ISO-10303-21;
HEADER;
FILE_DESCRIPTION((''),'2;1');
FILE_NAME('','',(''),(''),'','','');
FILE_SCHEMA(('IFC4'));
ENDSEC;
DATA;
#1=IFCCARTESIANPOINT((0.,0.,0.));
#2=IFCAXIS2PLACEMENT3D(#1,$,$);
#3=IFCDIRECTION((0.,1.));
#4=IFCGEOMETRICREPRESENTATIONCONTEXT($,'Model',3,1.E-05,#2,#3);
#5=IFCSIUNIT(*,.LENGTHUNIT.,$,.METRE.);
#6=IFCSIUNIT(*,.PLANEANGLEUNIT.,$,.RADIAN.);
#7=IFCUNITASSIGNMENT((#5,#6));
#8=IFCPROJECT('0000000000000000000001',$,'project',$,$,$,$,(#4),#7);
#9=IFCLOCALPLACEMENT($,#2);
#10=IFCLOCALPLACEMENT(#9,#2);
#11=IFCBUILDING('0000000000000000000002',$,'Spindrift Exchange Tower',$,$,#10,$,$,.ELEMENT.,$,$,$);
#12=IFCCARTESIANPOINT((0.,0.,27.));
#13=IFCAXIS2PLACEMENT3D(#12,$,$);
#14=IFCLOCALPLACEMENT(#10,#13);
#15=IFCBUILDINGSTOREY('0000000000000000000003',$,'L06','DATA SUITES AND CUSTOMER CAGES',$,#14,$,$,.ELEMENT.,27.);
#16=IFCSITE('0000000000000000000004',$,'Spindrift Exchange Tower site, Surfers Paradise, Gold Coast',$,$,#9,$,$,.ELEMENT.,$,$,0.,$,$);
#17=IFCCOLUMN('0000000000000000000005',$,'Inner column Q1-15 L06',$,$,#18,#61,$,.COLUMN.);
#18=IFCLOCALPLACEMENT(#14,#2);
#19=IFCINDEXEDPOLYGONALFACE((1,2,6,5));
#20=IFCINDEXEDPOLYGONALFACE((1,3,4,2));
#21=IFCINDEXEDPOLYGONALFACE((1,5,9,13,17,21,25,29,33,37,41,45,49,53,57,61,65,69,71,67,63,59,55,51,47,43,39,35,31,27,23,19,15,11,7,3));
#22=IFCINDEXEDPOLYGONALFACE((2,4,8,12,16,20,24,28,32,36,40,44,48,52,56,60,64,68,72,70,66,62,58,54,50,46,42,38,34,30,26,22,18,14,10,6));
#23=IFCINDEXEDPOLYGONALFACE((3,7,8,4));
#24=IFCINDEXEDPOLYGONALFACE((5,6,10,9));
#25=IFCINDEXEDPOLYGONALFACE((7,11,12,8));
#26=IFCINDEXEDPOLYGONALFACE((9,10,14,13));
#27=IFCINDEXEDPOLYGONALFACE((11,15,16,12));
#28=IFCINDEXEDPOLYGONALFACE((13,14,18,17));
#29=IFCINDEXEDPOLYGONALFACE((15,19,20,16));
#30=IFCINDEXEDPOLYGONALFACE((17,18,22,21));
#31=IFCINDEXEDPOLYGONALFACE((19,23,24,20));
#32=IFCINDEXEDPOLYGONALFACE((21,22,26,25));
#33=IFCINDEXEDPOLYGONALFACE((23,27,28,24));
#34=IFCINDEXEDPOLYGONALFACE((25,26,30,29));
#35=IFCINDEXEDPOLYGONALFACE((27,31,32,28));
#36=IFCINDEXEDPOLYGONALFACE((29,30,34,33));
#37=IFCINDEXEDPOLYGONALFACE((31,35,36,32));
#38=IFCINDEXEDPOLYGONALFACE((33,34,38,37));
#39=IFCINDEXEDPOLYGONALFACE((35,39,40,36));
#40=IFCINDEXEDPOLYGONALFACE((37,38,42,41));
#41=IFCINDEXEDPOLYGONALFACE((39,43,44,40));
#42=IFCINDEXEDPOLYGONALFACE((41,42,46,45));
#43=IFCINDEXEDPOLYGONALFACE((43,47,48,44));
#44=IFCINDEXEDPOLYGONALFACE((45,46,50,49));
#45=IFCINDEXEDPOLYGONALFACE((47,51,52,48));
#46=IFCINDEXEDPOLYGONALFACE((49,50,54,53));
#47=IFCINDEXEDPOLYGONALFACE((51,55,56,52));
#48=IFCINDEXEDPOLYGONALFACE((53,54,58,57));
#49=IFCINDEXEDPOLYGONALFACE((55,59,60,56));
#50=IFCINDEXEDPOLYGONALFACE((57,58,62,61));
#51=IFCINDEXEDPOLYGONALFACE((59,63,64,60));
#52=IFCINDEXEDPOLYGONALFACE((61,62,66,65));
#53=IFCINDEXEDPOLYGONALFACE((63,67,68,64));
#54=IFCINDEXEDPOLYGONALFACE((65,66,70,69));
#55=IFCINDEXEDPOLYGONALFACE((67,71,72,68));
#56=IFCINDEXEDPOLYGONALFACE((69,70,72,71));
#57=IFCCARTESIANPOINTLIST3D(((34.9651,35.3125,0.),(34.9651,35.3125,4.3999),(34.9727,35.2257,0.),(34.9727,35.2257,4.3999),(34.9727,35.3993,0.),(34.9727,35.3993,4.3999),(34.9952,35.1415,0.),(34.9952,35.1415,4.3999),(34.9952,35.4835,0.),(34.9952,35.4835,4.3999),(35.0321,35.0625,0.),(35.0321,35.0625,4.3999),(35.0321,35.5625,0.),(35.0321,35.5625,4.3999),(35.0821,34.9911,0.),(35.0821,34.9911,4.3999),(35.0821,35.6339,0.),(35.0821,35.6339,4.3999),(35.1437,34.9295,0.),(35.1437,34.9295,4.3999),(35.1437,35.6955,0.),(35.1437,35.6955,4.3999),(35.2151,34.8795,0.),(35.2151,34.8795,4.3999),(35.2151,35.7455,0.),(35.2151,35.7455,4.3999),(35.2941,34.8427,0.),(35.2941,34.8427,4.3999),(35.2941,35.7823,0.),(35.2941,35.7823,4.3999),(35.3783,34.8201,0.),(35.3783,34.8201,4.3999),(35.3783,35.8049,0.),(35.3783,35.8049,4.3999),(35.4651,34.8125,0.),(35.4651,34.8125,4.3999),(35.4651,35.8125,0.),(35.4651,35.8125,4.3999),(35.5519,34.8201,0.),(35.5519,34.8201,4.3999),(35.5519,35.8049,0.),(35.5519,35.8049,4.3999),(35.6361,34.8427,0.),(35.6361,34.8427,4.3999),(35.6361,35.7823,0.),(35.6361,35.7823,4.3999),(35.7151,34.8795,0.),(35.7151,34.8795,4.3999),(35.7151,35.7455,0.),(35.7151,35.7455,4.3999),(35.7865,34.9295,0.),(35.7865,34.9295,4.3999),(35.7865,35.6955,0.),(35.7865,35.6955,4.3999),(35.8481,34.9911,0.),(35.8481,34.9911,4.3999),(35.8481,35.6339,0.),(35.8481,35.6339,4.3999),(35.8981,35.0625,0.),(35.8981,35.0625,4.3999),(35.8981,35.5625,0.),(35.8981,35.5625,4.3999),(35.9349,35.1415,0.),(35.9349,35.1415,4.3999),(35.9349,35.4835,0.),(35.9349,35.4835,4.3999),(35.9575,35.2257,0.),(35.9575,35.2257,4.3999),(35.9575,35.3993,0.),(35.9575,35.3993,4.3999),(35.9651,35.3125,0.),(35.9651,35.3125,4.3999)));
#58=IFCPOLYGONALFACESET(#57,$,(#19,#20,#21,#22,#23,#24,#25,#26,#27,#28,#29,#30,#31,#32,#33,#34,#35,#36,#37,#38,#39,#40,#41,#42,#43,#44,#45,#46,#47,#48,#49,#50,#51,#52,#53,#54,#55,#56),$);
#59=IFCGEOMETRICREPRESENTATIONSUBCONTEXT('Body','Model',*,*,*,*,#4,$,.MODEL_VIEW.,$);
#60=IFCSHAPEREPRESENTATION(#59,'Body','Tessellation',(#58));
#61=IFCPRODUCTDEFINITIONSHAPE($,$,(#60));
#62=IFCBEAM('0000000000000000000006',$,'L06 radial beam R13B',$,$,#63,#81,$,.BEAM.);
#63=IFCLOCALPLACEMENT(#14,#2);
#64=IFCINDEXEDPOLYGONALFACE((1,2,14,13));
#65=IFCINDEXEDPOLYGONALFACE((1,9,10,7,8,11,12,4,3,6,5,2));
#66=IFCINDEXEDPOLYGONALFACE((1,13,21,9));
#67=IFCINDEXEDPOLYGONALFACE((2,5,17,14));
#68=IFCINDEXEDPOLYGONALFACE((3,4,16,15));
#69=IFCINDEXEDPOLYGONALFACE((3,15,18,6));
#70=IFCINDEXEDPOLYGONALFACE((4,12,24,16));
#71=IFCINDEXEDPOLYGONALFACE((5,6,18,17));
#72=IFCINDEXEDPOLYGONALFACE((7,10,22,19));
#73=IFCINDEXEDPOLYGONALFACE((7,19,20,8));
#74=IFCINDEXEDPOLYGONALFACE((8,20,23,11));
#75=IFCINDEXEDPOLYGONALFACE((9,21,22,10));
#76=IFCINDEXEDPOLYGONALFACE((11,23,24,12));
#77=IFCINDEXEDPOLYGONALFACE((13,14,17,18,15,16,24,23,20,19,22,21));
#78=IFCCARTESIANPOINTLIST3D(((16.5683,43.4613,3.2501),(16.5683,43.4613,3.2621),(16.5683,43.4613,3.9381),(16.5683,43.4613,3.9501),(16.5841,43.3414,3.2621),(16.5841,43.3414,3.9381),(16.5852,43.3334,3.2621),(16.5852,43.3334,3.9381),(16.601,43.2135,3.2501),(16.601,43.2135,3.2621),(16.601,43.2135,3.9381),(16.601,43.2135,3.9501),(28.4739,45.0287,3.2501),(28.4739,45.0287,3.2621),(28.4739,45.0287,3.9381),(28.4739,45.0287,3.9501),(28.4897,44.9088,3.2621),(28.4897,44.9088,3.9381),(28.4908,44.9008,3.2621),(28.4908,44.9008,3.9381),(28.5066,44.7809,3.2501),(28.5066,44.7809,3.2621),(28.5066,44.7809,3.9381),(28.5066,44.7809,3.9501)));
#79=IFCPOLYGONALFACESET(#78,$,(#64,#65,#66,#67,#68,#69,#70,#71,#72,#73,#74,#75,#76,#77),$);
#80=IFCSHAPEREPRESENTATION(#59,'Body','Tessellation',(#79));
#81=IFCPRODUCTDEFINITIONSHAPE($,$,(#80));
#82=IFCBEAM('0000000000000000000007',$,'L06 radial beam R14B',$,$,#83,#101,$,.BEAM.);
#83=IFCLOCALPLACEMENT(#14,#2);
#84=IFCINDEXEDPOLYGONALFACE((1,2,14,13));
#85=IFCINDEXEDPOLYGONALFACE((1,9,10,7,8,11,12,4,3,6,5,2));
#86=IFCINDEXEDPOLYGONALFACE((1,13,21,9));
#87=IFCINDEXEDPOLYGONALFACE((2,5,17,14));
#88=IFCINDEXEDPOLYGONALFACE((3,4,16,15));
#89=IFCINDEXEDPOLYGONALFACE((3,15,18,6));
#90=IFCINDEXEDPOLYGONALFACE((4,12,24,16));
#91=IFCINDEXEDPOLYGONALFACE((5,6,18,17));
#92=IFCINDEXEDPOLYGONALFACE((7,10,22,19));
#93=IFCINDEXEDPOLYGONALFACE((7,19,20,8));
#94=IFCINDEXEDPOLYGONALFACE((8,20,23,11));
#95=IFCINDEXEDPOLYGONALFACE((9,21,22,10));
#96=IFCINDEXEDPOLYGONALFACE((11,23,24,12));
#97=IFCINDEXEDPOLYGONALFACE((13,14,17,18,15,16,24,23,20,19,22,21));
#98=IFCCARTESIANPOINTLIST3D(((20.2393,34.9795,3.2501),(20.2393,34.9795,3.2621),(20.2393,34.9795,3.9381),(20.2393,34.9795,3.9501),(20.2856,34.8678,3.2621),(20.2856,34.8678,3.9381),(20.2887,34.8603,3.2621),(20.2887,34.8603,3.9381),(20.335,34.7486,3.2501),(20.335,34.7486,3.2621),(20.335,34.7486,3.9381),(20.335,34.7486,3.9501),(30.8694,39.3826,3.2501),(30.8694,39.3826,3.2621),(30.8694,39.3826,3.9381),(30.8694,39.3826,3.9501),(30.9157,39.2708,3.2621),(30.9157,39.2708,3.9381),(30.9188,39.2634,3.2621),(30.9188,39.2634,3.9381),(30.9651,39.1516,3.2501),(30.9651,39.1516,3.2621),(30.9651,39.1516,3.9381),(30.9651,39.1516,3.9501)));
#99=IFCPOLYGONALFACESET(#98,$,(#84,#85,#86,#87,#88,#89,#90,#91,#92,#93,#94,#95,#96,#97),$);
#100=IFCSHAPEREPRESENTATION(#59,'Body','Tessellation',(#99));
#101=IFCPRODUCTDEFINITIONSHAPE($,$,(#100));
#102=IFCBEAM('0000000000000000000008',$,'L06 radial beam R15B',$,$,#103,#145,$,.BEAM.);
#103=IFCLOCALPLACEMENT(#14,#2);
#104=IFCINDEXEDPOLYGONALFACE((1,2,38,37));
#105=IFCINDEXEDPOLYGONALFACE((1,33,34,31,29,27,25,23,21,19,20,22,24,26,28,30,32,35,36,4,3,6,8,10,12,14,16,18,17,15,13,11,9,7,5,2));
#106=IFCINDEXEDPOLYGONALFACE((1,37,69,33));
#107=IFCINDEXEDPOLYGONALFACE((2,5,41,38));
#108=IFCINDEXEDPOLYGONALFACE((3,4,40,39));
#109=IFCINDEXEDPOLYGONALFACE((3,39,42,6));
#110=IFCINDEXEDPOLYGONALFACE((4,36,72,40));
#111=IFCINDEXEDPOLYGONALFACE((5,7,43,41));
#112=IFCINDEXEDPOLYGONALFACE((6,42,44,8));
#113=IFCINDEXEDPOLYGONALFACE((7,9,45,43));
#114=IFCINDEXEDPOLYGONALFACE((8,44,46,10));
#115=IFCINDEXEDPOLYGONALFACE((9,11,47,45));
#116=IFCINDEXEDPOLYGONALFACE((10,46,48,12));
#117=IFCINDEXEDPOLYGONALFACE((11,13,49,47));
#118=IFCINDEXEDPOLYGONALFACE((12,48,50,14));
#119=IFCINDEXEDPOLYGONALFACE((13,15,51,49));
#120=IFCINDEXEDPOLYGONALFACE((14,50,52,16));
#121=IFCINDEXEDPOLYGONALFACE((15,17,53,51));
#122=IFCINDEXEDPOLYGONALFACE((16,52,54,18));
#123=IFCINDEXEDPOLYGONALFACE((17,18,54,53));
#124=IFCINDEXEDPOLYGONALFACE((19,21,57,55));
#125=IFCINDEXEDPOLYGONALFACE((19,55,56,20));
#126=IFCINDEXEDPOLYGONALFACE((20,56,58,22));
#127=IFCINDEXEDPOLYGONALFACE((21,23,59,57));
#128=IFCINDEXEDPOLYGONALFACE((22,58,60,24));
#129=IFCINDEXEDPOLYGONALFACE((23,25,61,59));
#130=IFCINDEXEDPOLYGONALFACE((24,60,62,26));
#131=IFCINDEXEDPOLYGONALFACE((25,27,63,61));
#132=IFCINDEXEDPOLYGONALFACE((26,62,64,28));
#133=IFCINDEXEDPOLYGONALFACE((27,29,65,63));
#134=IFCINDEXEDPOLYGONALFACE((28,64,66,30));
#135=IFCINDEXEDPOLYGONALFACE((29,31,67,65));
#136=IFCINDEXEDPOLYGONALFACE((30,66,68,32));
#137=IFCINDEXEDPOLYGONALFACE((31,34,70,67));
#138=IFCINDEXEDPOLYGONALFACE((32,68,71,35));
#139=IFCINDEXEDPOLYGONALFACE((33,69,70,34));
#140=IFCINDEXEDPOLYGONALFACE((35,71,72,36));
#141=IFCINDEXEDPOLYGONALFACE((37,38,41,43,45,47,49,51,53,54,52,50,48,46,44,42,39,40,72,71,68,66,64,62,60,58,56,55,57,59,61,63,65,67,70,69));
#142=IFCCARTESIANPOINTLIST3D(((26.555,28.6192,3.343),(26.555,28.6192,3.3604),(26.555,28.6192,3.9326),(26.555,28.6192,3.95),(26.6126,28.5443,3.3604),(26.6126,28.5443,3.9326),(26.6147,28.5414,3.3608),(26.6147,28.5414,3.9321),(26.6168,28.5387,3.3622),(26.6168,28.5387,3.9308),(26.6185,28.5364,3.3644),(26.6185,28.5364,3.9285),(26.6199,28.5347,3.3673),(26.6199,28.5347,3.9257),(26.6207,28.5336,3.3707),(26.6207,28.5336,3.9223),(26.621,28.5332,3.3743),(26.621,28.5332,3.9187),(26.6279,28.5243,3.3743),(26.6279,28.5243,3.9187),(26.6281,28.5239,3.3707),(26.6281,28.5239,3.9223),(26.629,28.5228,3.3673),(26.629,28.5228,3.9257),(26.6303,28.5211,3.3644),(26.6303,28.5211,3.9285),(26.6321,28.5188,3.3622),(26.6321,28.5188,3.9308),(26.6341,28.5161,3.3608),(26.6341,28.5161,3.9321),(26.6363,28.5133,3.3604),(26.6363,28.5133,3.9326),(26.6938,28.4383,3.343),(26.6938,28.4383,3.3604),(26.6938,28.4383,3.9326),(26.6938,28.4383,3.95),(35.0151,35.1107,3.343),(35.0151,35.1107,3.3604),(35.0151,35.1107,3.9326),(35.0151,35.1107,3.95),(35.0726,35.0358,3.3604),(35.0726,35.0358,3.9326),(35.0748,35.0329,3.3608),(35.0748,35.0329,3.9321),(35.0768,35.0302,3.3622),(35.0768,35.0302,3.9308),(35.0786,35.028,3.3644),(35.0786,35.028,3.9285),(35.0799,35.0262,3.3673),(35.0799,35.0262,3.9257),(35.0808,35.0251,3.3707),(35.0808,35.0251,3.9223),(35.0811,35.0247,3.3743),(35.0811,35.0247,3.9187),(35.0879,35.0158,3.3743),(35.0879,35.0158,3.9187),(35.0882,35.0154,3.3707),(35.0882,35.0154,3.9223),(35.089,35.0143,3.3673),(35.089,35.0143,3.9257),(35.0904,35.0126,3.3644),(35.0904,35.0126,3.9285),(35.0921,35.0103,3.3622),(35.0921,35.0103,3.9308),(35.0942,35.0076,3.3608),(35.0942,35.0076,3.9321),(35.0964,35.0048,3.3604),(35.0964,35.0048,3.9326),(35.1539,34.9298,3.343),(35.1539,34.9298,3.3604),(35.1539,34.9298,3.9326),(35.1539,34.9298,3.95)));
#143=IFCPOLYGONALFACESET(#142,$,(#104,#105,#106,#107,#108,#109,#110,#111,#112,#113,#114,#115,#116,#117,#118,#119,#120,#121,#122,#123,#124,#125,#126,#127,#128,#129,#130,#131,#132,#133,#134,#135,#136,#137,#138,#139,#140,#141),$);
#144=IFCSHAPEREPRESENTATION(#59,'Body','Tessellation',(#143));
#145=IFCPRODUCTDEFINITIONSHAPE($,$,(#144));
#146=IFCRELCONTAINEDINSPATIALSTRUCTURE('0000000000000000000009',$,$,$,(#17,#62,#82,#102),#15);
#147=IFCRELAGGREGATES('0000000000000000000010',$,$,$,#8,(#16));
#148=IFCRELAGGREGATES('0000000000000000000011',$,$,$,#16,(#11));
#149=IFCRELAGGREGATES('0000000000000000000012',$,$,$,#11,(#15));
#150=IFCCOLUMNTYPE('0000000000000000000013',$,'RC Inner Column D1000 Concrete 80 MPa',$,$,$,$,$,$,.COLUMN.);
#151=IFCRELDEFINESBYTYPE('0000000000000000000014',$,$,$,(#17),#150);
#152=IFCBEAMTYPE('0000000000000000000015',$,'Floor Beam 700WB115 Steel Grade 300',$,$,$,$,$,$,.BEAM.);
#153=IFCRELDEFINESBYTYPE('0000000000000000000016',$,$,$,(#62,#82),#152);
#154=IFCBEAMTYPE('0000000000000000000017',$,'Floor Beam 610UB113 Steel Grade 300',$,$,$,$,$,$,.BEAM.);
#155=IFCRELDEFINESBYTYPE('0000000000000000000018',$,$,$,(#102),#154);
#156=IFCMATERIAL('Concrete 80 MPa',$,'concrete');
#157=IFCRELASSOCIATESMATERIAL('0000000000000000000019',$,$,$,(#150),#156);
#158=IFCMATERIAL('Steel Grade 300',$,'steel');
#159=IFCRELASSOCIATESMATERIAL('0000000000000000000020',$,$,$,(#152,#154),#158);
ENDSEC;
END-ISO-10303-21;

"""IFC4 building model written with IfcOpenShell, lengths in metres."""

from ifc_helpers import new_model, si_unit, direction, frame, origin, origin_2d, place, context, subcontext, project, spatial, circle, i_section, extrude, source, transform, mapped, material, material_profile, profile_set, type_object, element, save


model = new_model("IFC4")

# Units and contexts
model_context = context("Model", 3, precision=1e-05, world=origin(), true_north=direction((0.0, 1.0)))
body_context = subcontext(model_context, "Body", "Model", "MODEL_VIEW")
ifc_project = project(units=[si_unit("LENGTHUNIT", "METRE"), si_unit("PLANEANGLEUNIT", "RADIAN")], contexts=[model_context])

# Site, building, storey
site_placement = place(None, origin())
site = spatial("IfcSite", under=ifc_project, at=site_placement, Name="Spindrift Exchange Tower site, Surfers Paradise, Gold Coast", CompositionType="ELEMENT", RefElevation=0.0)
building_placement = place(site_placement, origin())
building = spatial("IfcBuilding", under=site, at=building_placement, Name="Spindrift Exchange Tower", CompositionType="ELEMENT")
storey_placement = place(building_placement, frame((0.0, 0.0, 27.0)))
storey = spatial("IfcBuildingStorey", under=building, at=storey_placement, Name="L06", Description="DATA SUITES AND CUSTOMER CAGES", CompositionType="ELEMENT", Elevation=27.0)

# Column
ifc_material_1 = material(Name="Concrete 80 MPa", Category="concrete")
ifc_material_profile_1 = material_profile(ifc_material_1, circle(Radius=0.5, at=origin_2d()), Name="RC D1000")
ifc_profile_set_1 = profile_set([ifc_material_profile_1], Name="Concrete 80 MPa")
column_type_1 = type_object("IfcColumnType", Name="RC Inner Column D1000 Concrete 80 MPa", PredefinedType="COLUMN", material=ifc_profile_set_1)
shared_shape_1 = source(origin(), body_context, "Body", "SweptSolid", [
    extrude(circle(Radius=0.5, at=origin_2d()), origin(), (0.0, 0.0, 1.0), 4.3999),
])
for number, where, z_axis, x_axis, name in (
    (1, (35.4651, 35.3125, 0.0), (0.0, 0.0, 1.0), (1.0, 0.0, 0.0), "Inner column Q1-15 L06"),
):
    element("IfcColumn", number, at=place(storey_placement, frame(where, z_axis=z_axis, x_axis=x_axis)), inside=storey, type_object=column_type_1, Name=name, PredefinedType="COLUMN", context=body_context, shape_type="MappedRepresentation", body=[
        mapped(shared_shape_1, transform((0.0, 0.0, 0.0), scale=1.0)),
    ])

# Beams
ifc_material_2 = material(Name="Steel Grade 300", Category="steel")
ifc_material_profile_2 = material_profile(ifc_material_2, i_section(OverallWidth=0.25, OverallDepth=0.7, WebThickness=0.0081, FlangeThickness=0.012, at=origin_2d()), Name="700WB115")
ifc_profile_set_2 = profile_set([ifc_material_profile_2], Name="Steel Grade 300")
beam_type_1 = type_object("IfcBeamType", Name="Floor Beam 700WB115 Steel Grade 300", PredefinedType="BEAM", material=ifc_profile_set_2)
shared_shape_2 = source(origin(), body_context, "Body", "SweptSolid", [
    extrude(i_section(OverallWidth=0.25, OverallDepth=0.7, WebThickness=0.0081, FlangeThickness=0.012, at=origin_2d()), origin(), (0.0, 0.0, 1.0), 12.0083),
])
beam_1_placement = place(storey_placement, frame((28.4902, 44.9048, 3.6001), z_axis=(-0.991445, -0.130526, 0.0), x_axis=(0.130526, -0.991445, 0.0)))
element("IfcBeam", 2, at=beam_1_placement, inside=storey, type_object=beam_type_1, Name="L06 radial beam R13B", PredefinedType="BEAM", context=body_context, shape_type="MappedRepresentation", body=[
    mapped(shared_shape_2, transform((0.0, 0.0, 0.0), scale=1.0)),
])
shared_shape_3 = source(origin(), body_context, "Body", "SweptSolid", [
    extrude(i_section(OverallWidth=0.25, OverallDepth=0.7, WebThickness=0.0081, FlangeThickness=0.012, at=origin_2d()), origin(), (0.0, 0.0, 1.0), 11.5059),
])
beam_2_placement = place(storey_placement, frame((30.9172, 39.2671, 3.6001), z_axis=(-0.923882, -0.382678, 0.0), x_axis=(0.382678, -0.923882, 0.0)))
element("IfcBeam", 3, at=beam_2_placement, inside=storey, type_object=beam_type_1, Name="L06 radial beam R14B", PredefinedType="BEAM", context=body_context, shape_type="MappedRepresentation", body=[
    mapped(shared_shape_3, transform((0.0, 0.0, 0.0), scale=1.0)),
])
ifc_material_profile_3 = material_profile(ifc_material_2, i_section(OverallWidth=0.228, OverallDepth=0.6069, WebThickness=0.0112, FlangeThickness=0.0173, FilletRadius=0.0139, at=origin_2d()), Name="610UB113")
ifc_profile_set_3 = profile_set([ifc_material_profile_3], Name="Steel Grade 300")
beam_type_2 = type_object("IfcBeamType", Name="Floor Beam 610UB113 Steel Grade 300", PredefinedType="BEAM", material=ifc_profile_set_3)
shared_shape_4 = source(origin(), body_context, "Body", "SweptSolid", [
    extrude(i_section(OverallWidth=0.228, OverallDepth=0.6069, WebThickness=0.0112, FlangeThickness=0.0173, FilletRadius=0.0139, at=origin_2d()), origin(), (0.0, 0.0, 1.0), 10.6636),
])
beam_3_placement = place(storey_placement, frame((35.0845, 35.0203, 3.6465), z_axis=(-0.793358, -0.608755, 0.0), x_axis=(0.608755, -0.793358, 0.0)))
element("IfcBeam", 4, at=beam_3_placement, inside=storey, type_object=beam_type_2, Name="L06 radial beam R15B", PredefinedType="BEAM", context=body_context, shape_type="MappedRepresentation", body=[
    mapped(shared_shape_4, transform((0.0, 0.0, 0.0), scale=1.0)),
])

save(model, "model.ifc")
